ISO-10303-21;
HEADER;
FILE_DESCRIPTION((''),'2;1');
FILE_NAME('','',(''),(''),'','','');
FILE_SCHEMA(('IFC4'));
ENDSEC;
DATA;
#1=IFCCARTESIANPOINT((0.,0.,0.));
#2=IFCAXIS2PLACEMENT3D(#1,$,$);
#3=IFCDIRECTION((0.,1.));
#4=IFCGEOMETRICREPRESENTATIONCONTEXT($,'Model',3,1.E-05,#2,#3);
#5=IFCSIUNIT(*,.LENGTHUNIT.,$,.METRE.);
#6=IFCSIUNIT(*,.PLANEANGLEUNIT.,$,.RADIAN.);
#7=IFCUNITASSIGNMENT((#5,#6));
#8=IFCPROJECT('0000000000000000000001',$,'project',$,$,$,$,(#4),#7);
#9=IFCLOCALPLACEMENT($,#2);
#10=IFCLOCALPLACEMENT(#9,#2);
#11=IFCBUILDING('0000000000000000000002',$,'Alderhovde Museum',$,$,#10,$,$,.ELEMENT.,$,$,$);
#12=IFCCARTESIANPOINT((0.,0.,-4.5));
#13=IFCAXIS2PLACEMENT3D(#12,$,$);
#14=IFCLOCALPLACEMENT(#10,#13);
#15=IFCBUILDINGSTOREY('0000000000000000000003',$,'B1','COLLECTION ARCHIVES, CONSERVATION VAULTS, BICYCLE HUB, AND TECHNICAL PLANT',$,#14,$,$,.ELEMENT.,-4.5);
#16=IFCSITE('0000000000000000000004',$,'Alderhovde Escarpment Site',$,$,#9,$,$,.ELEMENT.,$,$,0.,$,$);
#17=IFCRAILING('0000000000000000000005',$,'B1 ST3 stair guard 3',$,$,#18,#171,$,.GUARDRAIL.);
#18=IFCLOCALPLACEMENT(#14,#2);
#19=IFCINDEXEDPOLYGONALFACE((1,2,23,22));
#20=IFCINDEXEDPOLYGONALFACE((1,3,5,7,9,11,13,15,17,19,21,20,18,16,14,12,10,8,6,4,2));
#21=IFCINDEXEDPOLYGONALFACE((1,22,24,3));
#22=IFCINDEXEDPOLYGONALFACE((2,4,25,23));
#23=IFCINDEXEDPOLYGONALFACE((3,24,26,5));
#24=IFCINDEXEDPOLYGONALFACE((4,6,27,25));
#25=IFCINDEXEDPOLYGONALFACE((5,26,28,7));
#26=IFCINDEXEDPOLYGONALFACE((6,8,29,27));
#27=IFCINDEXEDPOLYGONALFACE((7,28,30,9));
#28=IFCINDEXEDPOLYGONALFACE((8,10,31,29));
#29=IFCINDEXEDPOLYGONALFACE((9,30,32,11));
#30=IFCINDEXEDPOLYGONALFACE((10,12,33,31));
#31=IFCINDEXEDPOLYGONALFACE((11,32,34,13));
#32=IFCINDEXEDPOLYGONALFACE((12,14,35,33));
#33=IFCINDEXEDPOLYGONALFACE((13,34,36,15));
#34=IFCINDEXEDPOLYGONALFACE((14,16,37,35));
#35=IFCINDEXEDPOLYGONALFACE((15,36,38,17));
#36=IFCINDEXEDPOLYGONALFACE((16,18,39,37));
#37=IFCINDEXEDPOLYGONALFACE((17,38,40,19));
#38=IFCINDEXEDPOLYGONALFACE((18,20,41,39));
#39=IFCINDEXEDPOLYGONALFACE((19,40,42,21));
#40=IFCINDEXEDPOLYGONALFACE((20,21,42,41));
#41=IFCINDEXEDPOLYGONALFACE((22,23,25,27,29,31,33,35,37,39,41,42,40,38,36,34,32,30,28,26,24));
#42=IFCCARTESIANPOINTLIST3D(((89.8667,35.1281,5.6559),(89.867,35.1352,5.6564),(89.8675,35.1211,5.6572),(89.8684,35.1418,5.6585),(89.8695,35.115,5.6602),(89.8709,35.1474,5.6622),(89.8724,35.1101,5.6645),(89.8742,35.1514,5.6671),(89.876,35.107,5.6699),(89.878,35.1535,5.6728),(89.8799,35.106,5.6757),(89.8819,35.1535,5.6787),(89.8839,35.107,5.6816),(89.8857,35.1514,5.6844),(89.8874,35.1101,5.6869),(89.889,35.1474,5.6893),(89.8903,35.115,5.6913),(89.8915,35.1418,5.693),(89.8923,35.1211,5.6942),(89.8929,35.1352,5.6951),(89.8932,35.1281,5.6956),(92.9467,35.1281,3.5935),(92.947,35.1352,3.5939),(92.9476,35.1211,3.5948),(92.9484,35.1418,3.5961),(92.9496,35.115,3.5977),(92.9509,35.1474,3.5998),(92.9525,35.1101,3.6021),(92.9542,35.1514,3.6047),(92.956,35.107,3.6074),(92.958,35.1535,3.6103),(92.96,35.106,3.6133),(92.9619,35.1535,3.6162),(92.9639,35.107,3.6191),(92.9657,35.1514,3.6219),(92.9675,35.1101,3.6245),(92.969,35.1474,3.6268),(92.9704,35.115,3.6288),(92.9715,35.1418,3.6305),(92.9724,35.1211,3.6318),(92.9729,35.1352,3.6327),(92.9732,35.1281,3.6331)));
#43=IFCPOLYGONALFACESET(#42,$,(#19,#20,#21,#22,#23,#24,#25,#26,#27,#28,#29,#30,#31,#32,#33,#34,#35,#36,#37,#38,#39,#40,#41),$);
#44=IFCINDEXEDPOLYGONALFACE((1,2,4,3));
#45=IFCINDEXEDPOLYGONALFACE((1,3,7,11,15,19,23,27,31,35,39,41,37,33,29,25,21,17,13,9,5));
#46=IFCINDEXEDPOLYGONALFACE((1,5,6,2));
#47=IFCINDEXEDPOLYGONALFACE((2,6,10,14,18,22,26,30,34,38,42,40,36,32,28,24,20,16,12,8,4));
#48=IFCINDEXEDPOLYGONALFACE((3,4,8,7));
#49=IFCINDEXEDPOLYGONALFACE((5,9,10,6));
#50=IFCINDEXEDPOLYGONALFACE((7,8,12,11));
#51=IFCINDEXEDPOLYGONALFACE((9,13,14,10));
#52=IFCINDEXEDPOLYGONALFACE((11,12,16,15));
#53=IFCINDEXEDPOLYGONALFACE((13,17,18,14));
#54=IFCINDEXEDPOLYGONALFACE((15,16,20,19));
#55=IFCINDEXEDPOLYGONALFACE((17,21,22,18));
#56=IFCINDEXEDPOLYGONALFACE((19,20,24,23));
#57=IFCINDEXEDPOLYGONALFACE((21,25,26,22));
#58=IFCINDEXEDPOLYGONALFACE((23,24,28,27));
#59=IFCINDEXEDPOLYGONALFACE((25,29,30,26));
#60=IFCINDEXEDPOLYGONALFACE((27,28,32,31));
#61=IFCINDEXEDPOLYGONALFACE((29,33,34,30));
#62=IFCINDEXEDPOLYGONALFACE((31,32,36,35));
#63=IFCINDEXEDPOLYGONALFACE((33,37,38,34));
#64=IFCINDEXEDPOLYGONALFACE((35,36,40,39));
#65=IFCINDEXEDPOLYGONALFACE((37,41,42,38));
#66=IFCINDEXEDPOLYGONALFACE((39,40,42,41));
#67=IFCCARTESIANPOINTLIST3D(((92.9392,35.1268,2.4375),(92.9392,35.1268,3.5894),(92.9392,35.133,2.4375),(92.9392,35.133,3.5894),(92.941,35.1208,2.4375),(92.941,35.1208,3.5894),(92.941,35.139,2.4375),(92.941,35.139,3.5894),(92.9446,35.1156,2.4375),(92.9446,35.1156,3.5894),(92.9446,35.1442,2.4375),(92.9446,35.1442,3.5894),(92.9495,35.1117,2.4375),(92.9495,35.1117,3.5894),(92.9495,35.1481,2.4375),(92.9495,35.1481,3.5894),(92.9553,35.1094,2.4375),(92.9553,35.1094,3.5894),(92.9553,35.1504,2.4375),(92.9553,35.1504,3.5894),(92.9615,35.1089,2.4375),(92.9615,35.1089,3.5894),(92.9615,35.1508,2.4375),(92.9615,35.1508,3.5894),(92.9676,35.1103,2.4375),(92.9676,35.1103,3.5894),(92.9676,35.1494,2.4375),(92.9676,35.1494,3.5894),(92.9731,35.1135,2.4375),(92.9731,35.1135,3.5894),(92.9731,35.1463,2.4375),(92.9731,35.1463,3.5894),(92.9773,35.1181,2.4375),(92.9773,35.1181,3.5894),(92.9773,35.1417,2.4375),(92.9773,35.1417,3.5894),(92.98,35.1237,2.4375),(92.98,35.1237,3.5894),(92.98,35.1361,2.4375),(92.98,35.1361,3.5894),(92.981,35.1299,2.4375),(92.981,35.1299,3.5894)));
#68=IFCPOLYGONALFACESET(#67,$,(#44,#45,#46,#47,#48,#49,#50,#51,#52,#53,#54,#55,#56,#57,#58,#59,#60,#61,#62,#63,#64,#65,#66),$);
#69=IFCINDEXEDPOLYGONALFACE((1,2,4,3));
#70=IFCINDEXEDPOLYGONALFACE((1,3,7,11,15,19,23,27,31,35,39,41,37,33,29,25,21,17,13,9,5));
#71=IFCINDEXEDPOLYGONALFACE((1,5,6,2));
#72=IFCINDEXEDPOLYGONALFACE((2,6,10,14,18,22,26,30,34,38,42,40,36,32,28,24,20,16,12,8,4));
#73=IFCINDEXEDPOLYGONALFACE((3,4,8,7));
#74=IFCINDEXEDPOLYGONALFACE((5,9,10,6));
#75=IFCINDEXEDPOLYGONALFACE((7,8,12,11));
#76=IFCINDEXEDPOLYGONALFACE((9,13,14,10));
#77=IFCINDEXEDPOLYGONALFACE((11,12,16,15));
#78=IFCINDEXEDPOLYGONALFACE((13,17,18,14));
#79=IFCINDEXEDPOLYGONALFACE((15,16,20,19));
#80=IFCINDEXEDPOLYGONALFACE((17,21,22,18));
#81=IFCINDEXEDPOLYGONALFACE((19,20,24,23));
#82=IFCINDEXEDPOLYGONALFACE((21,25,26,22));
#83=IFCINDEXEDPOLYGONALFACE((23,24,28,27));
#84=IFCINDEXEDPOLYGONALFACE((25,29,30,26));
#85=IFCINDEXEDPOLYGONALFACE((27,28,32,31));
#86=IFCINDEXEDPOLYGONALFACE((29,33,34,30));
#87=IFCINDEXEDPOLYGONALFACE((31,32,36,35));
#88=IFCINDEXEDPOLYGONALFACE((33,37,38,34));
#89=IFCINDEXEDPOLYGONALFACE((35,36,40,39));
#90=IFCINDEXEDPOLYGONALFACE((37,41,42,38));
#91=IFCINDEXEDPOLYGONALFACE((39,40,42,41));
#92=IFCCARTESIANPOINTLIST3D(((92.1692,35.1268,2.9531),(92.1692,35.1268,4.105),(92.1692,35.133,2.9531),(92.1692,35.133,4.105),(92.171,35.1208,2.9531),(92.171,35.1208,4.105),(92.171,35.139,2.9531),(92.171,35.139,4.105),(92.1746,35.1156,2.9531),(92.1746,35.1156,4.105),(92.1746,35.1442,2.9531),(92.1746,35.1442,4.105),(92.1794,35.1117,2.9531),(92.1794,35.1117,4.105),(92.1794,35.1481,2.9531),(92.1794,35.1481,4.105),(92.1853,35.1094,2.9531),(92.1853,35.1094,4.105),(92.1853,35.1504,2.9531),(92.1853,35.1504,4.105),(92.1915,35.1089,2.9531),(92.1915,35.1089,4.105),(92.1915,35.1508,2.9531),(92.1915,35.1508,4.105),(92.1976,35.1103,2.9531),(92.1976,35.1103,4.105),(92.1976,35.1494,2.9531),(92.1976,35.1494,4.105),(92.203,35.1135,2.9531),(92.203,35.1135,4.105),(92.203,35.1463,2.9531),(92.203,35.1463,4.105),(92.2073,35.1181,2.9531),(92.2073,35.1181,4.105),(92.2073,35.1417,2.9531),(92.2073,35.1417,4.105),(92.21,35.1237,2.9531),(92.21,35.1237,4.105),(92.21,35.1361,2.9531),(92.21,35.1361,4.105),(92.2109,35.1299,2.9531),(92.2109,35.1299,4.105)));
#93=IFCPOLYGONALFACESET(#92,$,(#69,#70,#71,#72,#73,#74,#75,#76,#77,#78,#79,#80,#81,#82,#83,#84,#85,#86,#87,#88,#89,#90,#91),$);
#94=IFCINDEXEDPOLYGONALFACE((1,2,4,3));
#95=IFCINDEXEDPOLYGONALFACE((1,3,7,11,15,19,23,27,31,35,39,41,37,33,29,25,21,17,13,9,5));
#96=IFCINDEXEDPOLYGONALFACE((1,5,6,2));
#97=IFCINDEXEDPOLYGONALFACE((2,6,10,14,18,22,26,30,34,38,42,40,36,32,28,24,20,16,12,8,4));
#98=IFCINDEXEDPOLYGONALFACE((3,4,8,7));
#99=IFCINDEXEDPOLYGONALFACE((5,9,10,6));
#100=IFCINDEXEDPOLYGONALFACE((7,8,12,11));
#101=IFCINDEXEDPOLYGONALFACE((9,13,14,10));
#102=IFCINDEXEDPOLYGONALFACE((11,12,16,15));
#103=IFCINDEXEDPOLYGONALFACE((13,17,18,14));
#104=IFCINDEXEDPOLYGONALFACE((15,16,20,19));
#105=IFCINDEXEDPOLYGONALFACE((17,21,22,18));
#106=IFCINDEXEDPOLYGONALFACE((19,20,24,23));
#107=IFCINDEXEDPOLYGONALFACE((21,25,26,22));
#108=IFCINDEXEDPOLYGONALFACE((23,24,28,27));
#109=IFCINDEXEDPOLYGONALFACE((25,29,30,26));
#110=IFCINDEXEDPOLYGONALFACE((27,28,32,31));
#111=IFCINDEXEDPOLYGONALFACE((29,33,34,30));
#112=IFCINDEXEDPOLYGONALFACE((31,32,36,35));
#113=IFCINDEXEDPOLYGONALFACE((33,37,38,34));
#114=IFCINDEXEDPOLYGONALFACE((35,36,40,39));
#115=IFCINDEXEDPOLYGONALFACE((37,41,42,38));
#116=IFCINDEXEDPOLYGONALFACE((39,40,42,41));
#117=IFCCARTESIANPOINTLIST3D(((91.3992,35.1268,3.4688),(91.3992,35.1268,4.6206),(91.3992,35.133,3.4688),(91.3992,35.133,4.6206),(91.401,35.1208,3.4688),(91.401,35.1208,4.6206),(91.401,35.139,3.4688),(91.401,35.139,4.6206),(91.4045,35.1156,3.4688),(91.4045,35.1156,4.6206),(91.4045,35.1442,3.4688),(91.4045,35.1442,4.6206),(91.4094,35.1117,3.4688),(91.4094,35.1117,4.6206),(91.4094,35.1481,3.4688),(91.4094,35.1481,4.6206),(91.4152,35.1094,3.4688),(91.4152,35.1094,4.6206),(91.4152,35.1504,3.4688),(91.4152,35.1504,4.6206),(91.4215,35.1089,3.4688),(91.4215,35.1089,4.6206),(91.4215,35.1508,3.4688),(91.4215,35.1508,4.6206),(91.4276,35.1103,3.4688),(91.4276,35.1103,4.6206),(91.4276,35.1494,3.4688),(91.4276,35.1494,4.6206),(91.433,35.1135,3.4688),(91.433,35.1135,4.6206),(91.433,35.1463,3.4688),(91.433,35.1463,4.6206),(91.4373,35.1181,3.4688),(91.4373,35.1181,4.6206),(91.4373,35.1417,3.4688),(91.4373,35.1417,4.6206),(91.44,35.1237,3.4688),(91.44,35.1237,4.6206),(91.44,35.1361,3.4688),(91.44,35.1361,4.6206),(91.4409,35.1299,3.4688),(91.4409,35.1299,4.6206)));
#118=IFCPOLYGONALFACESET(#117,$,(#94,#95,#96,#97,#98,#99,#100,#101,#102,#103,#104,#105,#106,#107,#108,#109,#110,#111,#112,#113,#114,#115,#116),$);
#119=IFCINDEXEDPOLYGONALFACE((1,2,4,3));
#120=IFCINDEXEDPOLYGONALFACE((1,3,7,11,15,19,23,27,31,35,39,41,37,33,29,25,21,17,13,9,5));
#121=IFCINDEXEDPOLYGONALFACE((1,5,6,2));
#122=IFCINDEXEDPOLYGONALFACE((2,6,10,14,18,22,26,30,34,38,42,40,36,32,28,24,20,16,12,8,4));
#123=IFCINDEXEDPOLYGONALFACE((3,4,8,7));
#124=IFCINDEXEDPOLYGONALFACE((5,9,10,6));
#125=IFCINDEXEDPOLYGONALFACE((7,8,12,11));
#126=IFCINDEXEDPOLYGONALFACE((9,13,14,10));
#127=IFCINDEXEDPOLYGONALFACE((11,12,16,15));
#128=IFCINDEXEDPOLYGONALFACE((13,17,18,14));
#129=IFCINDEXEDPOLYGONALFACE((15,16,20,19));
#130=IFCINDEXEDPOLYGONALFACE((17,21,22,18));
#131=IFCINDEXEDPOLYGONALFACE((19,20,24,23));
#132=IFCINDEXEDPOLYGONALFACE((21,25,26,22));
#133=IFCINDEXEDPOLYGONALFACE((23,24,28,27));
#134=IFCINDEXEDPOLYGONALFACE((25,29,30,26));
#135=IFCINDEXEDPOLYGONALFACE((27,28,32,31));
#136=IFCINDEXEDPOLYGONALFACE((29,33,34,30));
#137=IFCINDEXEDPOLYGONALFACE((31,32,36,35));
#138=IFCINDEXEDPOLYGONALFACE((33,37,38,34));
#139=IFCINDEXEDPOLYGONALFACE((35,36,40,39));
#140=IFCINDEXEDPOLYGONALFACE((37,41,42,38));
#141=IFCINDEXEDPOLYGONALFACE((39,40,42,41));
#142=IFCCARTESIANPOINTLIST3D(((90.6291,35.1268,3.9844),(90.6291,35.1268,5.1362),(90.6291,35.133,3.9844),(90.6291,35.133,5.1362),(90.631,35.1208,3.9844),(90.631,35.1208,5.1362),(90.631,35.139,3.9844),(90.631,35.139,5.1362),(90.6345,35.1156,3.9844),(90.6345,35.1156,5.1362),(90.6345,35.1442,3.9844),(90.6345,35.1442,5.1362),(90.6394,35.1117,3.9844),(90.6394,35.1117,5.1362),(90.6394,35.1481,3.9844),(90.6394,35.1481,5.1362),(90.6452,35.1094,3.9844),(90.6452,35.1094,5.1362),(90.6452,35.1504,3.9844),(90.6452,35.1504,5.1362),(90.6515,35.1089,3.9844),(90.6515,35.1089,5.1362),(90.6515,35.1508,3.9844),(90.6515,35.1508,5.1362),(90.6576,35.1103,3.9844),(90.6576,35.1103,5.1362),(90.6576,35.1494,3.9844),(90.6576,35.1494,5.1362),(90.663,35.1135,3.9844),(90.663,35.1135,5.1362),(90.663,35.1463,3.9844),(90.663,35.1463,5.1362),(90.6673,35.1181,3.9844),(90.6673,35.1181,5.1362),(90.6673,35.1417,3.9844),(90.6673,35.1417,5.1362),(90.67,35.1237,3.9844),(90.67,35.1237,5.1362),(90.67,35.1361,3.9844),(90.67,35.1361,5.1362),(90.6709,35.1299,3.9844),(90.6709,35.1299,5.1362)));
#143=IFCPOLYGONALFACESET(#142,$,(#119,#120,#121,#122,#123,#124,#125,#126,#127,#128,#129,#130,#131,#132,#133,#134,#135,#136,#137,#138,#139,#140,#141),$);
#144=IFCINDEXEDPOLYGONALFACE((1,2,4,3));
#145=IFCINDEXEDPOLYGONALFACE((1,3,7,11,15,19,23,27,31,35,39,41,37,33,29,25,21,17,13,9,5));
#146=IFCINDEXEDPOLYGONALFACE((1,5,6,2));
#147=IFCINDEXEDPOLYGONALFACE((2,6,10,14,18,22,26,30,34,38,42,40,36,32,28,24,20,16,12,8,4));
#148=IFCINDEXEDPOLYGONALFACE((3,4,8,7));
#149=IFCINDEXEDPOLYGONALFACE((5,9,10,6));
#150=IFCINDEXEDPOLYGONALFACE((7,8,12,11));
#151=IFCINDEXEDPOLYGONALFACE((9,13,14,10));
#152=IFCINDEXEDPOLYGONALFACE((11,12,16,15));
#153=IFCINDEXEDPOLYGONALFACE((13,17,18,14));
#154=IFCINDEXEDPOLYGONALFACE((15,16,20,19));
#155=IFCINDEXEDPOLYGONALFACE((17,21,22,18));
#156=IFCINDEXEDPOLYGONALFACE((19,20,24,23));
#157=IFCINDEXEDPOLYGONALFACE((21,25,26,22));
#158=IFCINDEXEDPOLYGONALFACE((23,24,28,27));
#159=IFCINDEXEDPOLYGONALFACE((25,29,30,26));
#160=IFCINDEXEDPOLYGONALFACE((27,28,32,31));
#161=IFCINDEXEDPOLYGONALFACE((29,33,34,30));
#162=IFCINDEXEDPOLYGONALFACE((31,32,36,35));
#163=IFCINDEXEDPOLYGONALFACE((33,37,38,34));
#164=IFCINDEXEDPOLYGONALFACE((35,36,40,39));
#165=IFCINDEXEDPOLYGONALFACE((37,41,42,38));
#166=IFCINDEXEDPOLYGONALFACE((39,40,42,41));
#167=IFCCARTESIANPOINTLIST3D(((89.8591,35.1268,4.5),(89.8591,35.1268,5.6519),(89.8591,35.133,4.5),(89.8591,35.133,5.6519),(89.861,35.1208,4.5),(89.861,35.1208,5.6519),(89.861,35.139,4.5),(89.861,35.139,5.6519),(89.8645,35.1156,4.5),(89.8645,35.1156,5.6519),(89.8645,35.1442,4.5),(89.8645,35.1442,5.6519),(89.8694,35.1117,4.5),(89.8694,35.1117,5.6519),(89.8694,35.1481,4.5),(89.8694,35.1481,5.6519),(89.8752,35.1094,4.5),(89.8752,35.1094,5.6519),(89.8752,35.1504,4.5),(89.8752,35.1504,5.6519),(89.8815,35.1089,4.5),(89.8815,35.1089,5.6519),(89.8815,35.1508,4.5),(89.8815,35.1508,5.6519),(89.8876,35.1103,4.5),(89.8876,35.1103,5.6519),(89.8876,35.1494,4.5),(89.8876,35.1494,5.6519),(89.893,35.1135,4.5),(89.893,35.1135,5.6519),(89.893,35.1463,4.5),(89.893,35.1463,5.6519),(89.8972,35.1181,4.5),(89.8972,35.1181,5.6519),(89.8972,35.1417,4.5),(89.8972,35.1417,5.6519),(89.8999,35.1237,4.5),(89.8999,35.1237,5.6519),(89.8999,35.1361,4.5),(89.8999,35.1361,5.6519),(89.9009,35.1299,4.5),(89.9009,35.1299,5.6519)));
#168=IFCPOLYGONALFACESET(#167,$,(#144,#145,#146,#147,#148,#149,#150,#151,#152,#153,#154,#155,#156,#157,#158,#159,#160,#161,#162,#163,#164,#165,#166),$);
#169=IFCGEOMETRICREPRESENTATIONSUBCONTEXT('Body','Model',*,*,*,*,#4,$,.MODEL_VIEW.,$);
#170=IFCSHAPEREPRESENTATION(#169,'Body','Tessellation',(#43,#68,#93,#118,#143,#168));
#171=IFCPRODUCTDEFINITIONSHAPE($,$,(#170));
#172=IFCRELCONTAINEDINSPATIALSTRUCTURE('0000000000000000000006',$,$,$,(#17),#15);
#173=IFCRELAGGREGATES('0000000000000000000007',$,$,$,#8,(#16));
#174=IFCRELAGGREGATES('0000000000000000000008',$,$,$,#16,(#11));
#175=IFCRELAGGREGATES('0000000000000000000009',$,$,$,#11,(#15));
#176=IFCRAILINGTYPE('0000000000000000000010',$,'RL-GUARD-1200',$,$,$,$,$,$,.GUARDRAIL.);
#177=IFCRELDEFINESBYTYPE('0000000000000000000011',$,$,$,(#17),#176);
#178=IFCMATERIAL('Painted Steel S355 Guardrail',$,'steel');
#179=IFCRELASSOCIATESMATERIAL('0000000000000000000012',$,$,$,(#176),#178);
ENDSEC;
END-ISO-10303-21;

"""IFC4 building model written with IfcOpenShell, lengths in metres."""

from ifc_helpers import new_model, si_unit, direction, frame, origin, origin_2d, place, context, subcontext, project, spatial, circle, extrude, material, type_object, element, save


model = new_model("IFC4")

# Units and contexts
model_context = context("Model", 3, precision=1e-05, world=origin(), true_north=direction((0.0, 1.0)))
body_context = subcontext(model_context, "Body", "Model", "MODEL_VIEW")
ifc_project = project(units=[si_unit("LENGTHUNIT", "METRE"), si_unit("PLANEANGLEUNIT", "RADIAN")], contexts=[model_context])

# Site, building, storey
site_placement = place(None, origin())
site = spatial("IfcSite", under=ifc_project, at=site_placement, Name="Alderhovde Escarpment Site", CompositionType="ELEMENT", RefElevation=0.0)
building_placement = place(site_placement, origin())
building = spatial("IfcBuilding", under=site, at=building_placement, Name="Alderhovde Museum", CompositionType="ELEMENT")
storey_placement = place(building_placement, frame((0.0, 0.0, -4.5)))
storey = spatial("IfcBuildingStorey", under=building, at=storey_placement, Name="B1", Description="COLLECTION ARCHIVES, CONSERVATION VAULTS, BICYCLE HUB, AND TECHNICAL PLANT", CompositionType="ELEMENT", Elevation=-4.5)

# Railing
ifc_material_1 = material(Name="Painted Steel S355 Guardrail", Category="steel")
railing_type_1 = type_object("IfcRailingType", Name="RL-GUARD-1200", PredefinedType="GUARDRAIL", material=ifc_material_1)
railing_1_placement = place(storey_placement, frame((92.96, 35.1299, 2.4375)))
element("IfcRailing", 1, at=railing_1_placement, inside=storey, type_object=railing_type_1, Name="B1 ST3 stair guard 3", PredefinedType="GUARDRAIL", context=body_context, shape_type="SweptSolid", body=[
    extrude(circle(Radius=0.0239, at=origin_2d()), frame((0.0, 0.0, 1.1758), z_axis=(-0.830914, 0.0, 0.556401), x_axis=(0.0, -1.0, 0.0)), (0.0, 0.0, 1.0), 3.7068),
    extrude(circle(Radius=0.021, at=origin_2d()), origin(), (0.0, 0.0, 1.0), 1.1519),
    extrude(circle(Radius=0.021, at=origin_2d()), frame((-0.77, 0.0, 0.5156)), (0.0, 0.0, 1.0), 1.1519),
    extrude(circle(Radius=0.021, at=origin_2d()), frame((-1.54, 0.0, 1.0312)), (0.0, 0.0, 1.0), 1.1519),
    extrude(circle(Radius=0.021, at=origin_2d()), frame((-2.3101, 0.0, 1.5469)), (0.0, 0.0, 1.0), 1.1519),
    extrude(circle(Radius=0.021, at=origin_2d()), frame((-3.0801, 0.0, 2.0625)), (0.0, 0.0, 1.0), 1.1519),
])

save(model, "model.ifc")
